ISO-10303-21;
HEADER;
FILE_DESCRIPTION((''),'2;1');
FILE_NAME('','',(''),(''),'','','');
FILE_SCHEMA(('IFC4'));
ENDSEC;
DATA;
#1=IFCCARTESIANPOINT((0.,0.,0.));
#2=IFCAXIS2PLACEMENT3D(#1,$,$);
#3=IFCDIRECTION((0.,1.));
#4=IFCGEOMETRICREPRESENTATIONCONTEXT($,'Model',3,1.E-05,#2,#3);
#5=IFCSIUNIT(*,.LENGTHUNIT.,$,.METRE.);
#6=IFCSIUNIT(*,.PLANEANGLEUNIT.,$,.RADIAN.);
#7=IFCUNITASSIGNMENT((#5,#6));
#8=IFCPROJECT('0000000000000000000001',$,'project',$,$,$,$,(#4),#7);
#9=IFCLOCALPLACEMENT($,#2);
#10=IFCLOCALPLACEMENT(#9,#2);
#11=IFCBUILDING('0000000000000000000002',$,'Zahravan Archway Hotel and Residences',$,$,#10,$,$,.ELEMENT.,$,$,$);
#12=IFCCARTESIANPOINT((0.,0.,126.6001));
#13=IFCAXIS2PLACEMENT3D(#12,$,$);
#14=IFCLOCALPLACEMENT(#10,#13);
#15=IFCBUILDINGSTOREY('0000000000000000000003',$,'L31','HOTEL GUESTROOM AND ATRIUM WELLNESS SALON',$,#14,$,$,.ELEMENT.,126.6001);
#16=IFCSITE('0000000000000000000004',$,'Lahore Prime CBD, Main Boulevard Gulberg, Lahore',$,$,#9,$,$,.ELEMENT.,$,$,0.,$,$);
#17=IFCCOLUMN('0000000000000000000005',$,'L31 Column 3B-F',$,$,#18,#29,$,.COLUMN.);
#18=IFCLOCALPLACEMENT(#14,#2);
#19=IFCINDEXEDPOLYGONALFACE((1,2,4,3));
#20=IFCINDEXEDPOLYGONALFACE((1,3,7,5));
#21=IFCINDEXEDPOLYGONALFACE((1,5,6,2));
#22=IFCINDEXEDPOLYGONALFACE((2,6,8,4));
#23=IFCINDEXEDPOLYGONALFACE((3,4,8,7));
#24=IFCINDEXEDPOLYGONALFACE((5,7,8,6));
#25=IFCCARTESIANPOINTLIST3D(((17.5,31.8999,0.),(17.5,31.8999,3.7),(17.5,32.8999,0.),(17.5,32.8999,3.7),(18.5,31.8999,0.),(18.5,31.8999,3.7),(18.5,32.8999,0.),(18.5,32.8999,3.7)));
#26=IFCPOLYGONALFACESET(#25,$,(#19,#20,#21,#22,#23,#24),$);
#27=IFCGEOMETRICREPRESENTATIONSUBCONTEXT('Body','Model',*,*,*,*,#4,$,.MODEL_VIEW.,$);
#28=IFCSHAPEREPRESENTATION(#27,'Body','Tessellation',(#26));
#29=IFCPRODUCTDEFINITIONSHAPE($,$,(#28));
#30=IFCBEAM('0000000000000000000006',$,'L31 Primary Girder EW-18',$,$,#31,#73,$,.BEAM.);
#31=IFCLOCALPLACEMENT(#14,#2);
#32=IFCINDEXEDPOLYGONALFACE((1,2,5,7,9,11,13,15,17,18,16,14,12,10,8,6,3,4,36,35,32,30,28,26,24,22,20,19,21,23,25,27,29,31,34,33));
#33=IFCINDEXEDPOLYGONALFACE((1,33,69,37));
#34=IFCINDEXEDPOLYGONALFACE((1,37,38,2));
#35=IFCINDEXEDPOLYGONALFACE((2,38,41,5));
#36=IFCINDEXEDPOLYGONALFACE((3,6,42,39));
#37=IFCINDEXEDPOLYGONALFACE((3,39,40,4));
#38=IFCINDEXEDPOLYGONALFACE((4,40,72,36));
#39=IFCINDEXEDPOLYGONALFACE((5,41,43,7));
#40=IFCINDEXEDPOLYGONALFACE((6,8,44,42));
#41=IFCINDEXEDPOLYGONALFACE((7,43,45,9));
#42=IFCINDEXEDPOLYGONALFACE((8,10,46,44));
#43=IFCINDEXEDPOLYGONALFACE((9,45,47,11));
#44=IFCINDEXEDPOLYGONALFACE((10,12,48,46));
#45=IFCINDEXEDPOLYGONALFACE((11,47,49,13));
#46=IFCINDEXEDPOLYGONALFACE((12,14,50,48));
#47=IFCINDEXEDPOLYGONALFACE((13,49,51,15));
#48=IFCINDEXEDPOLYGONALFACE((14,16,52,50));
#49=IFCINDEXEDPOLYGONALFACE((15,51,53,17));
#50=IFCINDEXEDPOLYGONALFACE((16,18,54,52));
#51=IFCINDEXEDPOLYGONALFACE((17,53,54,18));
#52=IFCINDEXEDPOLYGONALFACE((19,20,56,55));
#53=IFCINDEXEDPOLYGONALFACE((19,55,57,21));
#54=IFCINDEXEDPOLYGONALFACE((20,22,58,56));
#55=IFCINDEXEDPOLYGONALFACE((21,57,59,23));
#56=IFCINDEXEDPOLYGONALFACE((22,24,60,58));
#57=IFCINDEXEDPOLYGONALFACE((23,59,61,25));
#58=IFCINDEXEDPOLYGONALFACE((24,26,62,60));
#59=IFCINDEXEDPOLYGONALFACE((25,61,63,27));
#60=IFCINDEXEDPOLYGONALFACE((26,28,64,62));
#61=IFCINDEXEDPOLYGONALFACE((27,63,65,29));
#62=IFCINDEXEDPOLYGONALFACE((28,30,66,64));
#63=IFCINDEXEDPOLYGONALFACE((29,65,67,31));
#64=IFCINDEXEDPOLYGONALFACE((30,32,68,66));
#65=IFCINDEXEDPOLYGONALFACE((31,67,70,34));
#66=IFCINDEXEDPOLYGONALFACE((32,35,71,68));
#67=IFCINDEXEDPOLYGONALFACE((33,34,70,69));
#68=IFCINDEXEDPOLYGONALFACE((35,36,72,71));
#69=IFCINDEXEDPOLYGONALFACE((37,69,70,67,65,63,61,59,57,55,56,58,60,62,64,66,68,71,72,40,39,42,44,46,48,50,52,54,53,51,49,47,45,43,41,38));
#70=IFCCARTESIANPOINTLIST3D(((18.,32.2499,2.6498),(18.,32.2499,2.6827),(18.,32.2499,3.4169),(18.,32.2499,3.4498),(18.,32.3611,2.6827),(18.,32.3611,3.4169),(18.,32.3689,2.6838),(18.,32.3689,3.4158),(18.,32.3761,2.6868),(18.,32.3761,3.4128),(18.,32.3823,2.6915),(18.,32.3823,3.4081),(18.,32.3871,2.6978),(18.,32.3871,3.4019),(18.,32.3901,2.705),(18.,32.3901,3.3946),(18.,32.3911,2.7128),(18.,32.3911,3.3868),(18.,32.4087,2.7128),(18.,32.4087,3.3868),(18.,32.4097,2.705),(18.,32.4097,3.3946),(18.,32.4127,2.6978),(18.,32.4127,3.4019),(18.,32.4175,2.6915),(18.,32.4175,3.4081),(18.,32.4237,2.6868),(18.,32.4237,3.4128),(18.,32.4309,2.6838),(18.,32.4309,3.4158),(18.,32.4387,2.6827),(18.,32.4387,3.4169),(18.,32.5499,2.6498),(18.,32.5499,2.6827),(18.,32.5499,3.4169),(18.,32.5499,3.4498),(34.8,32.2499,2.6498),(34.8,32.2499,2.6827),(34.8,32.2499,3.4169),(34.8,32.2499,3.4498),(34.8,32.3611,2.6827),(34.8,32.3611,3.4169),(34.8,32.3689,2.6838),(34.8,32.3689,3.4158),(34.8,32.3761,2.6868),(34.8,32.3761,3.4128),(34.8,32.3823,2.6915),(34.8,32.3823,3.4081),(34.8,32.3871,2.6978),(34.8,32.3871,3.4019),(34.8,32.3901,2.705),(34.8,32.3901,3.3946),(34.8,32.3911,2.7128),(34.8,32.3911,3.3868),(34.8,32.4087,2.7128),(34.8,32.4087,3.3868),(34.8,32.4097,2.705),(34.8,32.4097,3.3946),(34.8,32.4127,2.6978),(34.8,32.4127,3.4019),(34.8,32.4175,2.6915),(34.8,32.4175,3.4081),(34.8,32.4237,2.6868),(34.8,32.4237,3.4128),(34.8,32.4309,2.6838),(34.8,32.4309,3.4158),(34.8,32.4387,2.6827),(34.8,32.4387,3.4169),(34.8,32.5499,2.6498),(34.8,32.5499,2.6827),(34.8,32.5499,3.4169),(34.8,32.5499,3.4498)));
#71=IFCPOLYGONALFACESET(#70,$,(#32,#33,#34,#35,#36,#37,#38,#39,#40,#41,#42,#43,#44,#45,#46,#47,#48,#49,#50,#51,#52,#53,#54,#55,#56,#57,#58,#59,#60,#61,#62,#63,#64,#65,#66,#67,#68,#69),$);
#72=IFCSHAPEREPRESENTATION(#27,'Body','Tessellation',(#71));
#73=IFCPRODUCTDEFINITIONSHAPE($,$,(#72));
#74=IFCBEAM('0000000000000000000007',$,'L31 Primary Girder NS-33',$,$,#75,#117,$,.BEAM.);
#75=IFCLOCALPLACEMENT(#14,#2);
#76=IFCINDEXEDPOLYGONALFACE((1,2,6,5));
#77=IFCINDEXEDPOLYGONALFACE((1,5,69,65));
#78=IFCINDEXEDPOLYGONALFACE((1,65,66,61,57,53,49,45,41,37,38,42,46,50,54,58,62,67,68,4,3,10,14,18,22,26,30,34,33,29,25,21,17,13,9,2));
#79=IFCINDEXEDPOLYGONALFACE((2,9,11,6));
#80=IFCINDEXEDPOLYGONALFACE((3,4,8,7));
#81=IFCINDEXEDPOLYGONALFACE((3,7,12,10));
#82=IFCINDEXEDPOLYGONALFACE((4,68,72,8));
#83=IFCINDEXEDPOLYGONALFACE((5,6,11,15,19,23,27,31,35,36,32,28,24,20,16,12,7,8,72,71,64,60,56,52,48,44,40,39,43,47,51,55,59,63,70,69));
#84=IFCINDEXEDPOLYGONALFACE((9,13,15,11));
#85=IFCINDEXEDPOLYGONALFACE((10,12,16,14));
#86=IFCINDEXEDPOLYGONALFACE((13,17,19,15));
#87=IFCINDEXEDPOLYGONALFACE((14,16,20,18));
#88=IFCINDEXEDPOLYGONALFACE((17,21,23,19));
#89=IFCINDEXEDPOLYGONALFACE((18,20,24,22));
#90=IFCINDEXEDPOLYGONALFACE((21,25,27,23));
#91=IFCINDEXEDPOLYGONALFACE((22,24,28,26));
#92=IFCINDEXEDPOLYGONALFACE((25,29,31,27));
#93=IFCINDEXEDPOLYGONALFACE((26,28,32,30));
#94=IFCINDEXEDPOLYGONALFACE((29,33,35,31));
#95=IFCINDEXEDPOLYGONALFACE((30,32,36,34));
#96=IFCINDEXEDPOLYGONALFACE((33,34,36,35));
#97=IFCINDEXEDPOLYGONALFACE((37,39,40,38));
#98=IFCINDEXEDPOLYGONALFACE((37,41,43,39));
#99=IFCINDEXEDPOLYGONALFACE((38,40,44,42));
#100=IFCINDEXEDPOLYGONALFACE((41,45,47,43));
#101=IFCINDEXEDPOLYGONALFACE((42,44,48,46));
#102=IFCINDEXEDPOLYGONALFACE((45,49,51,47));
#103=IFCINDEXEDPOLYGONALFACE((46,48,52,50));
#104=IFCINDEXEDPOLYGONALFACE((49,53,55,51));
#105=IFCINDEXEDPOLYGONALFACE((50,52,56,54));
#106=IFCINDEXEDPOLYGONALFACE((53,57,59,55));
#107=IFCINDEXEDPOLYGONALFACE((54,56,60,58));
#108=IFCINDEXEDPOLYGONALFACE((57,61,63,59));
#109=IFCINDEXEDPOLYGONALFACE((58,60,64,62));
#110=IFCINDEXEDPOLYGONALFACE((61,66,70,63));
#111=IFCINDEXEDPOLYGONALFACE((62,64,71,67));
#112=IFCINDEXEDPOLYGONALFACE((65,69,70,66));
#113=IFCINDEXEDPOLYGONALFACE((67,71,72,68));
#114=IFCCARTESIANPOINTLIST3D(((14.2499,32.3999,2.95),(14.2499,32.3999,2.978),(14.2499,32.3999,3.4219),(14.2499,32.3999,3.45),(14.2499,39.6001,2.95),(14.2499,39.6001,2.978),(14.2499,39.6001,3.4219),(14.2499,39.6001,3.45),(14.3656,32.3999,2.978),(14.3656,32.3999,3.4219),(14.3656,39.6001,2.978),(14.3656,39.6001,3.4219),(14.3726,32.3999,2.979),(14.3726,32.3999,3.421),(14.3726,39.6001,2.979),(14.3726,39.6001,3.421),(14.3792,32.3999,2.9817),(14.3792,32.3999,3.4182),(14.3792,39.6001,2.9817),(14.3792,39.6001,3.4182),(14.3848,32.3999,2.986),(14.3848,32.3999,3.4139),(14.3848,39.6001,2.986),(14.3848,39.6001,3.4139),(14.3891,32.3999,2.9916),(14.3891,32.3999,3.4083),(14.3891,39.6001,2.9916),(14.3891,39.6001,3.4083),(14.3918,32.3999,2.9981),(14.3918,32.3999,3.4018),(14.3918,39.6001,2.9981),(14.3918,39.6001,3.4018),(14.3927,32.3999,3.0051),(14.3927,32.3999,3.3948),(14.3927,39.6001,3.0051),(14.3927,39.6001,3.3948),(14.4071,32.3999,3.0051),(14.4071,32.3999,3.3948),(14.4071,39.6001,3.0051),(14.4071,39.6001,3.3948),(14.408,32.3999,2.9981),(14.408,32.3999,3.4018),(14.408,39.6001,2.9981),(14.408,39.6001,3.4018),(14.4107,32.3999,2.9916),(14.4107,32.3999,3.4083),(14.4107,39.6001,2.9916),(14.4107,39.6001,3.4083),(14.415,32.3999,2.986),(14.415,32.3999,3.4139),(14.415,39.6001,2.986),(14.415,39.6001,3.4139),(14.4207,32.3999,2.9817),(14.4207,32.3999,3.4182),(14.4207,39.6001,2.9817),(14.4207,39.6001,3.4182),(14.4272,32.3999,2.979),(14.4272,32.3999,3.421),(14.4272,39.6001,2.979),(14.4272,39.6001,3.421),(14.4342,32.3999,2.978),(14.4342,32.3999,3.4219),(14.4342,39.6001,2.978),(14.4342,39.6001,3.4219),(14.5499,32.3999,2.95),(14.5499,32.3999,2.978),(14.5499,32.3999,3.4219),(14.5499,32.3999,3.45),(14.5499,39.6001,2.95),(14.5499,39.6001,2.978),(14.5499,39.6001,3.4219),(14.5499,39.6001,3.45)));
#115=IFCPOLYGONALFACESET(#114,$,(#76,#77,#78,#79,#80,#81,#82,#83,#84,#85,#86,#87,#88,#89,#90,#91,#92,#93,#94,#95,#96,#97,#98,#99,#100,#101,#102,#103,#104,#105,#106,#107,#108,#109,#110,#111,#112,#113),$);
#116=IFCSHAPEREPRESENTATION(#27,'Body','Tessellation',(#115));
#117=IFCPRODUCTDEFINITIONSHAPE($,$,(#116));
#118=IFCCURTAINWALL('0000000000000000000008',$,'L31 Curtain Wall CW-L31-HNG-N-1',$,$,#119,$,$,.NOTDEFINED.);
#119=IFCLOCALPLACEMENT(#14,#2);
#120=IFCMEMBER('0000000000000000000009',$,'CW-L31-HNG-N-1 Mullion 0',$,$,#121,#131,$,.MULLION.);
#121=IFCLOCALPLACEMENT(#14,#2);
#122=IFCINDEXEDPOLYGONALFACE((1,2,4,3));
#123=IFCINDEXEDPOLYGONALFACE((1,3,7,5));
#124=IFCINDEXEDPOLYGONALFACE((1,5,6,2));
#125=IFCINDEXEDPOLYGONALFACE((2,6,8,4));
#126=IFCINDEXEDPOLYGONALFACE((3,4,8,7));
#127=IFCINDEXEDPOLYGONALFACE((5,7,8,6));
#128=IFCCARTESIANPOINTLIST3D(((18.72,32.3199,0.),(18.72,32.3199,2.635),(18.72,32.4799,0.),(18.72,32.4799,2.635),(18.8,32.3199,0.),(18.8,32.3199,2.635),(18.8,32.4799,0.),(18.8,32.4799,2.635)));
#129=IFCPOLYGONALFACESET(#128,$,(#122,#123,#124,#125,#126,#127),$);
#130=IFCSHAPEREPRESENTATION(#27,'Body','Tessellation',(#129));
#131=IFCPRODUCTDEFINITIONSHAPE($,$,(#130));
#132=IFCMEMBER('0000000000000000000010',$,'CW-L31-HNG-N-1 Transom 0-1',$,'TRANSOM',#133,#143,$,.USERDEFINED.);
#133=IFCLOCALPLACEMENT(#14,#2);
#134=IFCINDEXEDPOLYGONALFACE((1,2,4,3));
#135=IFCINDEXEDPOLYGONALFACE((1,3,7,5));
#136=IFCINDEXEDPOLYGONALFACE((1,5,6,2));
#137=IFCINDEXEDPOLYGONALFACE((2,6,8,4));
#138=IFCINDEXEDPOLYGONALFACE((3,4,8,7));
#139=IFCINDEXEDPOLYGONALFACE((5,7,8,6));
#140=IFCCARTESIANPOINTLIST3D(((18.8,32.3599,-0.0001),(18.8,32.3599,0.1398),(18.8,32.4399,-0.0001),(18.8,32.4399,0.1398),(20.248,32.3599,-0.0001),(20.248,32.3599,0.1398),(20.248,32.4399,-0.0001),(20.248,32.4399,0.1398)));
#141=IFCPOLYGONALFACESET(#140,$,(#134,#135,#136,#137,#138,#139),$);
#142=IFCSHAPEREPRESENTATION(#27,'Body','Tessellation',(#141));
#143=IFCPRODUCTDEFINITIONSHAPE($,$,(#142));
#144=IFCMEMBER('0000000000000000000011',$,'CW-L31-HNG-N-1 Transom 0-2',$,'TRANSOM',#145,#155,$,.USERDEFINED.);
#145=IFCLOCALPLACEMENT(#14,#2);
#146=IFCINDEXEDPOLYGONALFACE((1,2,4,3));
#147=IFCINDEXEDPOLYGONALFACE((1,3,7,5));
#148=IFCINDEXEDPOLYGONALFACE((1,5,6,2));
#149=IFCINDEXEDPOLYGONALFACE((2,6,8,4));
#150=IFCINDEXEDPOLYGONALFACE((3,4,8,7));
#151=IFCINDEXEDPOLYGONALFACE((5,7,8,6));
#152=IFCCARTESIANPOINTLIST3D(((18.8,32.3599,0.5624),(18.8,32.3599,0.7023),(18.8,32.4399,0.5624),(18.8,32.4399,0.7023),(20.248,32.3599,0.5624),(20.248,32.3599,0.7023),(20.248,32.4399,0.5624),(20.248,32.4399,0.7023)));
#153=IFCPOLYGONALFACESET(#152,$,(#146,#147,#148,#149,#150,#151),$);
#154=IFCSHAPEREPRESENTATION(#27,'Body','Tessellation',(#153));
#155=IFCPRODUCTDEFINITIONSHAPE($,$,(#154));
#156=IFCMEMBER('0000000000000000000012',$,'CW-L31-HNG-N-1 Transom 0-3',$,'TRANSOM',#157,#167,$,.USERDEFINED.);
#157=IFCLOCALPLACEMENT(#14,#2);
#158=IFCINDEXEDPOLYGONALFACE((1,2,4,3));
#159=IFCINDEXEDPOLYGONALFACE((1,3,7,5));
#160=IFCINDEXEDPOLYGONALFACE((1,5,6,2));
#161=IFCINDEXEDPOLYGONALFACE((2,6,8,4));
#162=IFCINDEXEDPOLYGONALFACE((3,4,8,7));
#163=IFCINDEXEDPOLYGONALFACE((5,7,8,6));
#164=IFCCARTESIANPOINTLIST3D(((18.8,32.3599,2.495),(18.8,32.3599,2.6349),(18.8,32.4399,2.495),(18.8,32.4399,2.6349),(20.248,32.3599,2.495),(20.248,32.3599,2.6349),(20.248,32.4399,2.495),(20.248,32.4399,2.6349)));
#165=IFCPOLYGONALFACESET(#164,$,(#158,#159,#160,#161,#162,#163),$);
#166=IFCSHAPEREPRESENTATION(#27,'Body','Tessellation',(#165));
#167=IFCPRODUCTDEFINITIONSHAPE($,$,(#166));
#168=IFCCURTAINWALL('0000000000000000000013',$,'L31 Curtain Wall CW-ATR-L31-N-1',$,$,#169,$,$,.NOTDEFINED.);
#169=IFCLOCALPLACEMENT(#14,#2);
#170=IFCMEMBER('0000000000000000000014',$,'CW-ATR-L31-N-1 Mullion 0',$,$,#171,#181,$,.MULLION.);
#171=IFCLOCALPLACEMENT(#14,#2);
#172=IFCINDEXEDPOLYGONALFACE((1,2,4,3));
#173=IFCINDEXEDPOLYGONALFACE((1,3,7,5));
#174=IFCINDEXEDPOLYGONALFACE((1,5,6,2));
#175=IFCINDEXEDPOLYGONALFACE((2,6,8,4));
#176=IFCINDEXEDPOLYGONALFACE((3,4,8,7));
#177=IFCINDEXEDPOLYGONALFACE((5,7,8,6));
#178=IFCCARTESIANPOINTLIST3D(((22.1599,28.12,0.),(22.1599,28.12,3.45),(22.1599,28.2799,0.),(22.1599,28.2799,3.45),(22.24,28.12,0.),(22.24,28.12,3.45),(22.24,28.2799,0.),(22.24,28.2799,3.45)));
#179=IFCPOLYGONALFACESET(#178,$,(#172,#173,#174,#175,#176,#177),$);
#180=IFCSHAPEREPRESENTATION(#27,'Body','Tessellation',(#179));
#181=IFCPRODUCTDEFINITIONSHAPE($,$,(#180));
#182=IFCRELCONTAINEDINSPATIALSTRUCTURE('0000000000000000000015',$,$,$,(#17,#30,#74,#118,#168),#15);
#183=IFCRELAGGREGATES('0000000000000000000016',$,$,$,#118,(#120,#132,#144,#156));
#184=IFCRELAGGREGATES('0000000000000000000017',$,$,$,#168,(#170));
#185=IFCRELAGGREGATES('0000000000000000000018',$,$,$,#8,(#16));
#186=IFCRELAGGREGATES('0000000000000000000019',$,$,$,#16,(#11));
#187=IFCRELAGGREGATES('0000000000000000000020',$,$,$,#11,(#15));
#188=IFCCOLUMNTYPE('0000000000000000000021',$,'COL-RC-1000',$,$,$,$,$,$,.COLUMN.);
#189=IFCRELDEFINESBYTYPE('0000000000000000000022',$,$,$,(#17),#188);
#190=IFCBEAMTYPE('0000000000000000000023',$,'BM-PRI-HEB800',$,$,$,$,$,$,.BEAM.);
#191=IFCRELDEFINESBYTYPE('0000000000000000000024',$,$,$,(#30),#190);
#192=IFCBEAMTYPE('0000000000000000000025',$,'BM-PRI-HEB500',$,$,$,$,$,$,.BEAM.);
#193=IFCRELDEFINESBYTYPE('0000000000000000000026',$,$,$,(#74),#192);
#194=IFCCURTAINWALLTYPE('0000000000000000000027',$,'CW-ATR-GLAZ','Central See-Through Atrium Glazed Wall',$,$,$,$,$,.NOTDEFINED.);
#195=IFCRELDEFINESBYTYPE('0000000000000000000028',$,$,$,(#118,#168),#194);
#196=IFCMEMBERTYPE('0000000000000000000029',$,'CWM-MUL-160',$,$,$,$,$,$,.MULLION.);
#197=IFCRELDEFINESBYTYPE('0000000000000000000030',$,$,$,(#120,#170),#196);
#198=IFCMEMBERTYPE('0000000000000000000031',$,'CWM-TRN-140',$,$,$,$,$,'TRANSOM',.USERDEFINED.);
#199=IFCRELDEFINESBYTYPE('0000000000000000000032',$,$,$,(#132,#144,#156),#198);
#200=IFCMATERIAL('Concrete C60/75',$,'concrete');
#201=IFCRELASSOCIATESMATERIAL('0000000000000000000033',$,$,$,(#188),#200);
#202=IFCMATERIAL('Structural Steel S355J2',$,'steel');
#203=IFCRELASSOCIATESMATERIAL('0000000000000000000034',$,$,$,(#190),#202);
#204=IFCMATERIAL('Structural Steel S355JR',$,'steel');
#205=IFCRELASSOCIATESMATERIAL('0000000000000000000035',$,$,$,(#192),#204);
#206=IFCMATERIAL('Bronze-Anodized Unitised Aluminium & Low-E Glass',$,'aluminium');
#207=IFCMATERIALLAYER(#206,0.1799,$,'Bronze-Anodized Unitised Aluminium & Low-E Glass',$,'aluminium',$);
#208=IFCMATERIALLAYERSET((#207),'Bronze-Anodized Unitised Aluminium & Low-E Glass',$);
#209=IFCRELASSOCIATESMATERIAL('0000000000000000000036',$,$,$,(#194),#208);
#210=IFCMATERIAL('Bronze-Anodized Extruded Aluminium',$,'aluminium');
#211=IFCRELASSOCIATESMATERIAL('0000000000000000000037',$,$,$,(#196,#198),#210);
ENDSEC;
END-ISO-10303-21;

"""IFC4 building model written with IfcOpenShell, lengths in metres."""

from ifc_helpers import new_model, si_unit, direction, frame, origin, origin_2d, place, context, subcontext, project, spatial, rectangle, i_section, extrude, source, transform, mapped, material, layer, layer_set, material_profile, profile_set, type_object, type_shapes, element, aggregate, save


model = new_model("IFC4")

# Units and contexts
model_context = context("Model", 3, precision=1e-05, world=origin(), true_north=direction((0.0, 1.0)))
body_context = subcontext(model_context, "Body", "Model", "MODEL_VIEW")
ifc_project = project(units=[si_unit("LENGTHUNIT", "METRE"), si_unit("PLANEANGLEUNIT", "RADIAN")], contexts=[model_context])

# Site, building, storey
site_placement = place(None, origin())
site = spatial("IfcSite", under=ifc_project, at=site_placement, Name="Lahore Prime CBD, Main Boulevard Gulberg, Lahore", CompositionType="ELEMENT", RefElevation=0.0)
building_placement = place(site_placement, origin())
building = spatial("IfcBuilding", under=site, at=building_placement, Name="Zahravan Archway Hotel and Residences", CompositionType="ELEMENT")
storey_placement = place(building_placement, frame((0.0, 0.0, 126.6001)))
storey = spatial("IfcBuildingStorey", under=building, at=storey_placement, Name="L31", Description="HOTEL GUESTROOM AND ATRIUM WELLNESS SALON", CompositionType="ELEMENT", Elevation=126.6001)

# Column
ifc_material_1 = material(Name="Concrete C60/75", Category="concrete")
ifc_material_profile_1 = material_profile(ifc_material_1, rectangle(XDim=1.0, YDim=1.0, at=origin_2d()), Name="RC-COL-1000x1000", Category="concrete")
ifc_profile_set_1 = profile_set([ifc_material_profile_1], Name="Concrete C60/75")
column_type = type_object("IfcColumnType", Name="COL-RC-1000", PredefinedType="COLUMN", material=ifc_profile_set_1)
shared_shape_1 = source(origin(), body_context, "Body", "SweptSolid", [
    extrude(rectangle(XDim=1.0, YDim=1.0, at=origin_2d()), origin(), (0.0, 0.0, 1.0), 3.7),
])
type_shapes(column_type, [shared_shape_1])
column_placement = place(storey_placement, frame((18.0, 32.3999, 0.0), z_axis=(0.0, 0.0, 1.0), x_axis=(1.0, 0.0, 0.0)))
element("IfcColumn", 1, at=column_placement, inside=storey, type_object=column_type, Name="L31 Column 3B-F", PredefinedType="COLUMN", context=body_context, shape_type="MappedRepresentation", body=[
    mapped(shared_shape_1, transform((0.0, 0.0, 0.0), scale=1.0)),
])

# Beams
ifc_material_2 = material(Name="Structural Steel S355J2", Category="steel")
ifc_material_profile_2 = material_profile(ifc_material_2, i_section(OverallWidth=0.3, OverallDepth=0.8, WebThickness=0.0176, FlangeThickness=0.033, FilletRadius=0.03, at=origin_2d()), Name="HEB 800", Category="steel")
ifc_profile_set_2 = profile_set([ifc_material_profile_2], Name="Structural Steel S355J2")
beam_type_1 = type_object("IfcBeamType", Name="BM-PRI-HEB800", PredefinedType="BEAM", material=ifc_profile_set_2)
shared_shape_2 = source(origin(), body_context, "Body", "SweptSolid", [
    extrude(i_section(OverallWidth=0.3, OverallDepth=0.8, WebThickness=0.0176, FlangeThickness=0.033, FilletRadius=0.03, at=origin_2d()), origin(), (0.0, 0.0, 1.0), 16.8),
])
type_shapes(beam_type_1, [shared_shape_2])
beam_1_placement = place(storey_placement, frame((18.0, 32.3999, 3.0498), z_axis=(1.0, 0.0, 0.0), x_axis=(0.0, 1.0, 0.0)))
element("IfcBeam", 2, at=beam_1_placement, inside=storey, type_object=beam_type_1, Name="L31 Primary Girder EW-18", PredefinedType="BEAM", context=body_context, shape_type="MappedRepresentation", body=[
    mapped(shared_shape_2, transform((0.0, 0.0, 0.0), scale=1.0)),
])
ifc_material_3 = material(Name="Structural Steel S355JR", Category="steel")
ifc_material_profile_3 = material_profile(ifc_material_3, i_section(OverallWidth=0.3, OverallDepth=0.5, WebThickness=0.0144, FlangeThickness=0.0281, FilletRadius=0.0271, at=origin_2d()), Name="HEB 500", Category="steel")
ifc_profile_set_3 = profile_set([ifc_material_profile_3], Name="Structural Steel S355JR")
beam_type_2 = type_object("IfcBeamType", Name="BM-PRI-HEB500", PredefinedType="BEAM", material=ifc_profile_set_3)
shared_shape_3 = source(origin(), body_context, "Body", "SweptSolid", [
    extrude(i_section(OverallWidth=0.3, OverallDepth=0.5, WebThickness=0.0144, FlangeThickness=0.0281, FilletRadius=0.0271, at=origin_2d()), origin(), (0.0, 0.0, 1.0), 7.2002),
])
type_shapes(beam_type_2, [shared_shape_3])
beam_2_placement = place(storey_placement, frame((14.3999, 32.3999, 3.2), z_axis=(0.0, 1.0, 0.0), x_axis=(-1.0, 0.0, 0.0)))
element("IfcBeam", 3, at=beam_2_placement, inside=storey, type_object=beam_type_2, Name="L31 Primary Girder NS-33", PredefinedType="BEAM", context=body_context, shape_type="MappedRepresentation", body=[
    mapped(shared_shape_3, transform((0.0, 0.0, 0.0), scale=1.0)),
])

# Curtain walls, members
ifc_material_4 = material(Name="Bronze-Anodized Unitised Aluminium & Low-E Glass", Category="aluminium")
ifc_layer_1 = layer(ifc_material_4, 0.1799, Name="Bronze-Anodized Unitised Aluminium & Low-E Glass", Category="aluminium")
ifc_layer_set_1 = layer_set([ifc_layer_1], Name="Bronze-Anodized Unitised Aluminium & Low-E Glass")
curtain_wall_type = type_object("IfcCurtainWallType", Name="CW-ATR-GLAZ", Description="Central See-Through Atrium Glazed Wall", PredefinedType="NOTDEFINED", material=ifc_layer_set_1)
curtain_wall_1_placement = place(storey_placement, origin())
curtain_wall_1 = element("IfcCurtainWall", 4, at=curtain_wall_1_placement, inside=storey, type_object=curtain_wall_type, Name="L31 Curtain Wall CW-L31-HNG-N-1", PredefinedType="NOTDEFINED")
ifc_material_5 = material(Name="Bronze-Anodized Extruded Aluminium", Category="aluminium")
ifc_material_profile_4 = material_profile(ifc_material_5, rectangle(XDim=0.0801, YDim=0.1599, at=origin_2d()), Name="MUL 80x160", Category="aluminium")
ifc_profile_set_4 = profile_set([ifc_material_profile_4], Name="Bronze-Anodized Extruded Aluminium")
member_type_1 = type_object("IfcMemberType", Name="CWM-MUL-160", PredefinedType="MULLION", material=ifc_profile_set_4)
shared_shape_4 = source(origin(), body_context, "Body", "SweptSolid", [
    extrude(rectangle(XDim=0.0801, YDim=0.1599, at=origin_2d()), origin(), (0.0, 0.0, 1.0), 2.635),
])
member_1_placement = place(storey_placement, frame((18.76, 32.3999, 0.0), z_axis=(0.0, 0.0, 1.0), x_axis=(1.0, 0.0, 0.0)))
member_1 = element("IfcMember", 5, at=member_1_placement, type_object=member_type_1, Name="CW-L31-HNG-N-1 Mullion 0", PredefinedType="MULLION", context=body_context, shape_type="MappedRepresentation", body=[
    mapped(shared_shape_4, transform((0.0, 0.0, 0.0), scale=1.0)),
])
ifc_material_profile_5 = material_profile(ifc_material_5, rectangle(XDim=0.0801, YDim=0.1399, at=origin_2d()), Name="TRN 80x140", Category="aluminium")
ifc_profile_set_5 = profile_set([ifc_material_profile_5], Name="Bronze-Anodized Extruded Aluminium")
member_type_2 = type_object("IfcMemberType", Name="CWM-TRN-140", ElementType="TRANSOM", PredefinedType="USERDEFINED", material=ifc_profile_set_5)
shared_shape_5 = source(origin(), body_context, "Body", "SweptSolid", [
    extrude(rectangle(XDim=0.0801, YDim=0.1399, at=origin_2d()), origin(), (0.0, 0.0, 1.0), 1.448),
])
member_2_placement = place(storey_placement, frame((18.8, 32.3999, 0.0698), z_axis=(1.0, 0.0, 0.0), x_axis=(0.0, 1.0, 0.0)))
member_2 = element("IfcMember", 6, at=member_2_placement, type_object=member_type_2, Name="CW-L31-HNG-N-1 Transom 0-1", ObjectType="TRANSOM", PredefinedType="USERDEFINED", context=body_context, shape_type="MappedRepresentation", body=[
    mapped(shared_shape_5, transform((0.0, 0.0, 0.0), scale=1.0)),
])
member_3_placement = place(storey_placement, frame((18.8, 32.3999, 0.6323), z_axis=(1.0, 0.0, 0.0), x_axis=(0.0, 1.0, 0.0)))
member_3 = element("IfcMember", 7, at=member_3_placement, type_object=member_type_2, Name="CW-L31-HNG-N-1 Transom 0-2", ObjectType="TRANSOM", PredefinedType="USERDEFINED", context=body_context, shape_type="MappedRepresentation", body=[
    mapped(shared_shape_5, transform((0.0, 0.0, 0.0), scale=1.0)),
])
member_4_placement = place(storey_placement, frame((18.8, 32.3999, 2.5649), z_axis=(1.0, 0.0, 0.0), x_axis=(0.0, 1.0, 0.0)))
member_4 = element("IfcMember", 8, at=member_4_placement, type_object=member_type_2, Name="CW-L31-HNG-N-1 Transom 0-3", ObjectType="TRANSOM", PredefinedType="USERDEFINED", context=body_context, shape_type="MappedRepresentation", body=[
    mapped(shared_shape_5, transform((0.0, 0.0, 0.0), scale=1.0)),
])
curtain_wall_2_placement = place(storey_placement, origin())
curtain_wall_2 = element("IfcCurtainWall", 9, at=curtain_wall_2_placement, inside=storey, type_object=curtain_wall_type, Name="L31 Curtain Wall CW-ATR-L31-N-1", PredefinedType="NOTDEFINED")
shared_shape_6 = source(origin(), body_context, "Body", "SweptSolid", [
    extrude(rectangle(XDim=0.0801, YDim=0.1599, at=origin_2d()), origin(), (0.0, 0.0, 1.0), 3.45),
])
member_5_placement = place(storey_placement, frame((22.2, 28.2, 0.0), z_axis=(0.0, 0.0, 1.0), x_axis=(1.0, 0.0, 0.0)))
member_5 = element("IfcMember", 10, at=member_5_placement, type_object=member_type_1, Name="CW-ATR-L31-N-1 Mullion 0", PredefinedType="MULLION", context=body_context, shape_type="MappedRepresentation", body=[
    mapped(shared_shape_6, transform((0.0, 0.0, 0.0), scale=1.0)),
])

aggregate(curtain_wall_1, [member_1, member_2, member_3, member_4])
aggregate(curtain_wall_2, [member_5])

save(model, "model.ifc")
